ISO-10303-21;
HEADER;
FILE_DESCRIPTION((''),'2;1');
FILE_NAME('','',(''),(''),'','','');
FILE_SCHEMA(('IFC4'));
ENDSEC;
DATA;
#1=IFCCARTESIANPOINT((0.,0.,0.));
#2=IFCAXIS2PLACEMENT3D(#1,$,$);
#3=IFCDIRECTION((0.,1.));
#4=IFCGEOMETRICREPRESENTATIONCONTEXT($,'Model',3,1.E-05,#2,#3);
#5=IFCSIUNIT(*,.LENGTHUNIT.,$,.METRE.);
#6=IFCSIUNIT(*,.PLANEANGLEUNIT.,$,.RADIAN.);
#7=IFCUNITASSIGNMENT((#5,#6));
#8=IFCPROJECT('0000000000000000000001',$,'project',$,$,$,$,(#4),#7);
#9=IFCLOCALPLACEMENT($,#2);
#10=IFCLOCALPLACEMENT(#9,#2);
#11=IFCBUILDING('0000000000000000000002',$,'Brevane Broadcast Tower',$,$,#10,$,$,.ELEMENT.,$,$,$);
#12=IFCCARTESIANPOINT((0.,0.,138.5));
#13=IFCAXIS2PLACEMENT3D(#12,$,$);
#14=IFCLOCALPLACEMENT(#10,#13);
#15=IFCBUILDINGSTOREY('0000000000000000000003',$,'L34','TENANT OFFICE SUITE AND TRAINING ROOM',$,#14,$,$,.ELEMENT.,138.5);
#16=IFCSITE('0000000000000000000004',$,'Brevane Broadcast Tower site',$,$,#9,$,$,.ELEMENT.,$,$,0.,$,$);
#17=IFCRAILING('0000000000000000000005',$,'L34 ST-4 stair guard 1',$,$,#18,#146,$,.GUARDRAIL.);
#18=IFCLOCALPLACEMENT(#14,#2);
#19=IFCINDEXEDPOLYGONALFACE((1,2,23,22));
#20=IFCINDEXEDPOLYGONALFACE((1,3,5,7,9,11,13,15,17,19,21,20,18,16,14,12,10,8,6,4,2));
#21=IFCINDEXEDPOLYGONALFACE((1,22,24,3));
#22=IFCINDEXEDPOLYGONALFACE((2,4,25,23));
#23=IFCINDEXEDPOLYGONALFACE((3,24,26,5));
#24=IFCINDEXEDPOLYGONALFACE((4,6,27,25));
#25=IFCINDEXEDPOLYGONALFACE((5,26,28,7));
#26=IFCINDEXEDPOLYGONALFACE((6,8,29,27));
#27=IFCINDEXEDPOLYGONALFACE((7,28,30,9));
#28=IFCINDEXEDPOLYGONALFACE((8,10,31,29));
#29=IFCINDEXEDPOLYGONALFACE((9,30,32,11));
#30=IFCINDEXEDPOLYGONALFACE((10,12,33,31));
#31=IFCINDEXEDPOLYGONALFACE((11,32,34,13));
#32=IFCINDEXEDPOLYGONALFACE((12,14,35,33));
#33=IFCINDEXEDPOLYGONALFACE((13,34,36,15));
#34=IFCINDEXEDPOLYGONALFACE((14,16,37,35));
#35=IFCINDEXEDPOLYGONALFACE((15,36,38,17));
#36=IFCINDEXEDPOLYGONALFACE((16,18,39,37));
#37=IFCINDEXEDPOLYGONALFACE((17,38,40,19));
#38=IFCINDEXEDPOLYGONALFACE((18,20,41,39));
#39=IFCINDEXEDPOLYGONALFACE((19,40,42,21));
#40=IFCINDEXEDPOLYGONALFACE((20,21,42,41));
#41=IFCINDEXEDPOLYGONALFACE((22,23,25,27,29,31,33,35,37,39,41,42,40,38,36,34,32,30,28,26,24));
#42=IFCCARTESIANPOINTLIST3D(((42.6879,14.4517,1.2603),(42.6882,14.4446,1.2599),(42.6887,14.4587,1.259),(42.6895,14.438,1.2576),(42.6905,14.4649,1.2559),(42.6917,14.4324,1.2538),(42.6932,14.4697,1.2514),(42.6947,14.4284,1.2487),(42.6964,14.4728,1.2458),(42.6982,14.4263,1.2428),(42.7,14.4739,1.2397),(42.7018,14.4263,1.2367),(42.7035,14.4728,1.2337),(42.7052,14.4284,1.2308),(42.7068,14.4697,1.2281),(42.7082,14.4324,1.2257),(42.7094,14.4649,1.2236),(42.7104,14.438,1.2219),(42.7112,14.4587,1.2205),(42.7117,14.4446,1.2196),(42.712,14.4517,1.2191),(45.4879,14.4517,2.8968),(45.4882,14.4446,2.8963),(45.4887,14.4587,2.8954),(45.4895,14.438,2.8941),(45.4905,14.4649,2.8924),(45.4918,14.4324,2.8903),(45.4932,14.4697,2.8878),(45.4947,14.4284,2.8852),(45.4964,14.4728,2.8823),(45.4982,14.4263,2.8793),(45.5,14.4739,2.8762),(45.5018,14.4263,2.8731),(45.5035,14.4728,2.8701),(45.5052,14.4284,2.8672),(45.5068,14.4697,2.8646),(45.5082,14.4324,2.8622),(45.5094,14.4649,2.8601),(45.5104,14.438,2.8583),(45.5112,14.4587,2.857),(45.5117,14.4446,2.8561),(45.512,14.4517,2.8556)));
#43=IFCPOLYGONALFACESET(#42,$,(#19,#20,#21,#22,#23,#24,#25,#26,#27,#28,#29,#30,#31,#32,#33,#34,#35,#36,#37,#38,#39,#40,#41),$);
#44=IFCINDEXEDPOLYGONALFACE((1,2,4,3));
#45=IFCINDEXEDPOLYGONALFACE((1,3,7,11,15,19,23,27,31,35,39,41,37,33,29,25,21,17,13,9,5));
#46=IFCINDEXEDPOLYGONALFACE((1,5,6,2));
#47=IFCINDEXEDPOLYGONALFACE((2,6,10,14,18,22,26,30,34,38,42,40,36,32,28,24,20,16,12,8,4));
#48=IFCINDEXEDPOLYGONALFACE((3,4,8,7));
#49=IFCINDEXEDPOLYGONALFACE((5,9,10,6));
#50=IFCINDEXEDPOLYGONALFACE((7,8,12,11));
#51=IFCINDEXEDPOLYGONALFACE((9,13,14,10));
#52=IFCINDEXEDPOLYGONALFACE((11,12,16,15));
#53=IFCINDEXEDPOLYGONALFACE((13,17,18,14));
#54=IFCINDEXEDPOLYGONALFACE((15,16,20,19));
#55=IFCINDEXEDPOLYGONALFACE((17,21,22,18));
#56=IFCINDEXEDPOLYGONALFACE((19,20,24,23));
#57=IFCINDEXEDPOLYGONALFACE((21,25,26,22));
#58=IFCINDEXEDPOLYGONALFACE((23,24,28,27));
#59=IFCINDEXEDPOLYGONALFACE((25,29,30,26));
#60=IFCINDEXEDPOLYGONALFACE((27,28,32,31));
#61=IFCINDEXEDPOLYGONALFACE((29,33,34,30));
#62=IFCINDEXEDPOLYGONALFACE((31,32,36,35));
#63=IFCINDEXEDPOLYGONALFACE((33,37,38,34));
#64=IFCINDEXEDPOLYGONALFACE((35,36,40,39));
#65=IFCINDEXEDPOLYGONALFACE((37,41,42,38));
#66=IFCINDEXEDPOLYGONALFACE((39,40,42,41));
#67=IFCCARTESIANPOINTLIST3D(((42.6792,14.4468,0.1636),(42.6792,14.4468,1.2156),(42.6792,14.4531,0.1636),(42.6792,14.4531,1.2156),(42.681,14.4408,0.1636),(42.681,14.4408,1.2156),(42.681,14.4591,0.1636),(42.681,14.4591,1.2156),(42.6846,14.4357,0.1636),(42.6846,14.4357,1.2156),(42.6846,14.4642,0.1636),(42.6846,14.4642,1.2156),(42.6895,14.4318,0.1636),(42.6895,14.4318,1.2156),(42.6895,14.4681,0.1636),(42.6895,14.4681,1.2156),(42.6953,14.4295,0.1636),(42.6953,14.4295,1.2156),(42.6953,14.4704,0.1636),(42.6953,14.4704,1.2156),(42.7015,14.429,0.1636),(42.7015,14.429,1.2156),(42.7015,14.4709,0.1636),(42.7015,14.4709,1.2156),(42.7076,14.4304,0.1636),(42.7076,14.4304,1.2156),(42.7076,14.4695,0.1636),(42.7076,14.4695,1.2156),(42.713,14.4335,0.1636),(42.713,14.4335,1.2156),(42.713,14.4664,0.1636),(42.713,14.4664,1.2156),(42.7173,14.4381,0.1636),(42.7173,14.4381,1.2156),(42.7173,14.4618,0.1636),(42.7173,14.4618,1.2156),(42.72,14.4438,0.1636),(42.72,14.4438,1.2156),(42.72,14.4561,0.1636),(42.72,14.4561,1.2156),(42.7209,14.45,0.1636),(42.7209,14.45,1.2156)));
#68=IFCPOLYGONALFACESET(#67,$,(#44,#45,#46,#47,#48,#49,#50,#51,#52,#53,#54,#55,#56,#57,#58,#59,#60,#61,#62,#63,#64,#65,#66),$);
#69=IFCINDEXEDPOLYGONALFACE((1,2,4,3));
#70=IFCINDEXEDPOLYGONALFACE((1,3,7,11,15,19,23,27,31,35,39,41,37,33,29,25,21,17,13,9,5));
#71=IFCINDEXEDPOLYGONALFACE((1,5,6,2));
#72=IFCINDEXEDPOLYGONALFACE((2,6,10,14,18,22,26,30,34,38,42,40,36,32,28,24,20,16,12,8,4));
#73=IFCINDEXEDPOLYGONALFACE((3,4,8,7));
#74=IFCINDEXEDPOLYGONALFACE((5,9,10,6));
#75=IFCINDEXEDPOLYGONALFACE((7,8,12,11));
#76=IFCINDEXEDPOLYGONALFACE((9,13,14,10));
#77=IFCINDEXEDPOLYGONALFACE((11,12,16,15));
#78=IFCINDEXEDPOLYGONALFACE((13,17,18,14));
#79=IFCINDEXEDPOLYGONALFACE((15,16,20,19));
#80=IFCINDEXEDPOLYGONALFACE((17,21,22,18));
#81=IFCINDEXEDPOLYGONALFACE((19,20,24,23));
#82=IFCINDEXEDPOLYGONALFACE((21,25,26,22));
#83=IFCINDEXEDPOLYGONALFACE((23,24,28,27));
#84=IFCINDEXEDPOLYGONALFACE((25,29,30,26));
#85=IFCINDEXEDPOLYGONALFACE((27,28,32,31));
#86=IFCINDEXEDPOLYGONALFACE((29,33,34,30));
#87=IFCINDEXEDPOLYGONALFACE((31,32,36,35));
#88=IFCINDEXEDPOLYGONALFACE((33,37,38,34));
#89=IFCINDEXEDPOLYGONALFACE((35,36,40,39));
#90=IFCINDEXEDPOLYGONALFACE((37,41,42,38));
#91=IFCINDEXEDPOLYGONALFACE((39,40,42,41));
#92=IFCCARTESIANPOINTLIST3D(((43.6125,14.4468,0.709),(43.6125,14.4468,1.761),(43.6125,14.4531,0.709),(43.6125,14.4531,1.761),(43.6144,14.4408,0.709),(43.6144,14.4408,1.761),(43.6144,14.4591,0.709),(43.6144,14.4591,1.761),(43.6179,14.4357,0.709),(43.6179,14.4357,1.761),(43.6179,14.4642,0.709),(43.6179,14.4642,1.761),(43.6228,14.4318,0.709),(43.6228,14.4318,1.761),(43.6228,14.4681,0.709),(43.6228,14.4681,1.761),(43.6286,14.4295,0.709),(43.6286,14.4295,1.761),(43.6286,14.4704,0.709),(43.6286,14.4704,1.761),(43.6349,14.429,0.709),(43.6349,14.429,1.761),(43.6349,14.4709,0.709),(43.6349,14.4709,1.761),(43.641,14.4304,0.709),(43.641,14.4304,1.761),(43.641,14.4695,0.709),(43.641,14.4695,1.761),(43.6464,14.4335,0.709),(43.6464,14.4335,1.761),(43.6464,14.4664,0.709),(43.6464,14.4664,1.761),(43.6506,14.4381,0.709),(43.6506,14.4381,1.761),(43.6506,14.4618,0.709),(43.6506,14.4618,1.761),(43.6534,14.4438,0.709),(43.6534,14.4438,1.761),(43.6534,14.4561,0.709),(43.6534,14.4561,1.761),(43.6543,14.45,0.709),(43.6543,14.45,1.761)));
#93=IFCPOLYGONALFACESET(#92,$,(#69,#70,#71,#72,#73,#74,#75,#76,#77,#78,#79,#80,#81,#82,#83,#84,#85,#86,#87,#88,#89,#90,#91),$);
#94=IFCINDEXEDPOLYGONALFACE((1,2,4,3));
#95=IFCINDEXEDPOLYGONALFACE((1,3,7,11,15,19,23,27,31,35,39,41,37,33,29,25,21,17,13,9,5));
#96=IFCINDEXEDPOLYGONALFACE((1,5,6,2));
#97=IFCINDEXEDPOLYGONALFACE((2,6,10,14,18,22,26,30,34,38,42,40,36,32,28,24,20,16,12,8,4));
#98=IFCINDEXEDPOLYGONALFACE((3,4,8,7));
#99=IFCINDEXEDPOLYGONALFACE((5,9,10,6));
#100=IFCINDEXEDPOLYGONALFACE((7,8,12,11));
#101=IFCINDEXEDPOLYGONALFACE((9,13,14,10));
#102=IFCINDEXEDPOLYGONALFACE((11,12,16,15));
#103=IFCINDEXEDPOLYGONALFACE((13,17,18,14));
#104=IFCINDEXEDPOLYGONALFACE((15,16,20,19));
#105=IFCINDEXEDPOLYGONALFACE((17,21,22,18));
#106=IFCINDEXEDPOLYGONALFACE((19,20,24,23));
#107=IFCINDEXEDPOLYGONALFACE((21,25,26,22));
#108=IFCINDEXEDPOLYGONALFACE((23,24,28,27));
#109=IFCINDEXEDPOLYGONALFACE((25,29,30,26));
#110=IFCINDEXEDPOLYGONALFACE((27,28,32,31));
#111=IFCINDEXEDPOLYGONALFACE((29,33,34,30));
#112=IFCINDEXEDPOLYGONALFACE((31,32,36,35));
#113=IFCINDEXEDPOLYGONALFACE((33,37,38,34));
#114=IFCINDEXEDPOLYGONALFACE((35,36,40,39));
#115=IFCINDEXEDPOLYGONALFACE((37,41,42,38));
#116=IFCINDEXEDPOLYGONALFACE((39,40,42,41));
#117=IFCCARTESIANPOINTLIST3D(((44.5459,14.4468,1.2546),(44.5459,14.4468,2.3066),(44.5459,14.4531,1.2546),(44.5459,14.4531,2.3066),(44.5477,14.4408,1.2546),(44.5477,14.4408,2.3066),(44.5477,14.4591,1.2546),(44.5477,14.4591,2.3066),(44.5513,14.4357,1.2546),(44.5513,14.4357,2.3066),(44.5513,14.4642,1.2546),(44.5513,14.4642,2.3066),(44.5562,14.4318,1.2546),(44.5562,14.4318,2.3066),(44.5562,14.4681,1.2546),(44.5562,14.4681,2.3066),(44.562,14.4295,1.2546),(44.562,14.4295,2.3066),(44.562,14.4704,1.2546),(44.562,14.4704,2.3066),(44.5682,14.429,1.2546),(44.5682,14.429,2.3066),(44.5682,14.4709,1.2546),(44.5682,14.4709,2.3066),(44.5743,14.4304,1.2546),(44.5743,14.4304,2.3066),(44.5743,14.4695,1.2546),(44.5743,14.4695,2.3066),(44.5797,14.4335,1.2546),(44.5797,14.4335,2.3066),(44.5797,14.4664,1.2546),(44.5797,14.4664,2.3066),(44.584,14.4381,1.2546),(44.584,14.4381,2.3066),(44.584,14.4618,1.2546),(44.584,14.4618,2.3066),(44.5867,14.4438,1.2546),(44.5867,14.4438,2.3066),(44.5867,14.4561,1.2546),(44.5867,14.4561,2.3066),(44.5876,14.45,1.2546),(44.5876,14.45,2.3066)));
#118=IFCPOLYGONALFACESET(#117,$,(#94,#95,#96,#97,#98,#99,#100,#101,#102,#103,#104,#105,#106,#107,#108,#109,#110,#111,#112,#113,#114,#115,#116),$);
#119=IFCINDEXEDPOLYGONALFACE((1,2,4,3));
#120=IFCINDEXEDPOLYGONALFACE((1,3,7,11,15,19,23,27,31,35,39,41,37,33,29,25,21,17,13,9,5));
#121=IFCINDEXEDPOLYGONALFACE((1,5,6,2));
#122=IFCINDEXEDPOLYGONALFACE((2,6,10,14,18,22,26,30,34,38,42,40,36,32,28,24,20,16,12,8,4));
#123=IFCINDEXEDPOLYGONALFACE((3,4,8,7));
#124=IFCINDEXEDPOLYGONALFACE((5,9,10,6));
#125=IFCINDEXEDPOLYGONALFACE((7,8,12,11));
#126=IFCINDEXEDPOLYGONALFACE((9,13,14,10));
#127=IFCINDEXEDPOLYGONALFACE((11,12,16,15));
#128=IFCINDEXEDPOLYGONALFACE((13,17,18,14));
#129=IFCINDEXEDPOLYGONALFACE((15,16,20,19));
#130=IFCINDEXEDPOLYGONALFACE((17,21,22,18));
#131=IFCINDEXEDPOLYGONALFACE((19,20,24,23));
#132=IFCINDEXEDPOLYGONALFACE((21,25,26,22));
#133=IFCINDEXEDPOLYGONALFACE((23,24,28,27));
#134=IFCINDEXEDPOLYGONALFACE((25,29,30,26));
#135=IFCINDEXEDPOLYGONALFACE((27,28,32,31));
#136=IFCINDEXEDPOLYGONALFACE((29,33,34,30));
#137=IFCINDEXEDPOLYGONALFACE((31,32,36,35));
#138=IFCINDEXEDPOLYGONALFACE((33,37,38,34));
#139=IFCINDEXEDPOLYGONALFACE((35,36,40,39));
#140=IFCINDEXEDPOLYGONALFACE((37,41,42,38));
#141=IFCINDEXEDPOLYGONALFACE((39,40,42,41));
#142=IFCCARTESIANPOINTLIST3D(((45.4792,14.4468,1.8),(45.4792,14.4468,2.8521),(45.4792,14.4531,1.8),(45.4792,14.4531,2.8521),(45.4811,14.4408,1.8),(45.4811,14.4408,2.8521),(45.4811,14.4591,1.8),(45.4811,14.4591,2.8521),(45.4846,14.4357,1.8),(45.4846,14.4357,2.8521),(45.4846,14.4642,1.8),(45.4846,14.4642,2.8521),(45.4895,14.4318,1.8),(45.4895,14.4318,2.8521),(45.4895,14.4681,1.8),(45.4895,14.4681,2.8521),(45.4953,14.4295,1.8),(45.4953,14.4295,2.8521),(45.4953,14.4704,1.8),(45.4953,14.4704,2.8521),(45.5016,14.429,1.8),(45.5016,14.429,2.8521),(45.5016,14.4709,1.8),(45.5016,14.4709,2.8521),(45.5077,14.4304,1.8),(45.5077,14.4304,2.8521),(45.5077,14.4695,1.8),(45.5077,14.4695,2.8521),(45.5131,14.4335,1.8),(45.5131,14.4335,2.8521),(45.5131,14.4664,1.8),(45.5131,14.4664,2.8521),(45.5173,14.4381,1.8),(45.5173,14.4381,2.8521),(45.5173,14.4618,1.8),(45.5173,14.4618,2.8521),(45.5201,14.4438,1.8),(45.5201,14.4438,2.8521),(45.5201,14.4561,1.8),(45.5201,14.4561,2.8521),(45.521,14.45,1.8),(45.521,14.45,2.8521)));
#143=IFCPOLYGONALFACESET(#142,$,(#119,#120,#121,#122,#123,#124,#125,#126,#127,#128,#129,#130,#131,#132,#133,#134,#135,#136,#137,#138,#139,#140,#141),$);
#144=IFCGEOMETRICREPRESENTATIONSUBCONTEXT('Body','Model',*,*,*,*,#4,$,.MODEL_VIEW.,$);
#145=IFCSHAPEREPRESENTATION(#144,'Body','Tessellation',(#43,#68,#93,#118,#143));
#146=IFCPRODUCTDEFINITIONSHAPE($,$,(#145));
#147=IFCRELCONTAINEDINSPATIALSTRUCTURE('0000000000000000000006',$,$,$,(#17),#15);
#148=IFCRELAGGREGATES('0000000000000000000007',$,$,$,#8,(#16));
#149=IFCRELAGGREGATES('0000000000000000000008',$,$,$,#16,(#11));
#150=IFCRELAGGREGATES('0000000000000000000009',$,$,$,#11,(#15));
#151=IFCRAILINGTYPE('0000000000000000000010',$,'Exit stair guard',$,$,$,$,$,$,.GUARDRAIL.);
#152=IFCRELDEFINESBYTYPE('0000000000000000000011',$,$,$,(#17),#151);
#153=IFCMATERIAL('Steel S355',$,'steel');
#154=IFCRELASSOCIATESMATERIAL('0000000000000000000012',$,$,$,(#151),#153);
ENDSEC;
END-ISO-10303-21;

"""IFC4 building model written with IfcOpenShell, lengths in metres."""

from ifc_helpers import new_model, si_unit, direction, frame, origin, origin_2d, place, context, subcontext, project, spatial, circle, extrude, material, type_object, element, save


model = new_model("IFC4")

# Units and contexts
model_context = context("Model", 3, precision=1e-05, world=origin(), true_north=direction((0.0, 1.0)))
body_context = subcontext(model_context, "Body", "Model", "MODEL_VIEW")
ifc_project = project(units=[si_unit("LENGTHUNIT", "METRE"), si_unit("PLANEANGLEUNIT", "RADIAN")], contexts=[model_context])

# Site, building, storey
site_placement = place(None, origin())
site = spatial("IfcSite", under=ifc_project, at=site_placement, Name="Brevane Broadcast Tower site", CompositionType="ELEMENT", RefElevation=0.0)
building_placement = place(site_placement, origin())
building = spatial("IfcBuilding", under=site, at=building_placement, Name="Brevane Broadcast Tower", CompositionType="ELEMENT")
storey_placement = place(building_placement, frame((0.0, 0.0, 138.5)))
storey = spatial("IfcBuildingStorey", under=building, at=storey_placement, Name="L34", Description="TENANT OFFICE SUITE AND TRAINING ROOM", CompositionType="ELEMENT", Elevation=138.5)

# Railing
ifc_material_1 = material(Name="Steel S355", Category="steel")
railing_type_1 = type_object("IfcRailingType", Name="Exit stair guard", PredefinedType="GUARDRAIL", material=ifc_material_1)
railing_1_placement = place(storey_placement, frame((42.7, 14.45, 0.1636)))
element("IfcRailing", 1, at=railing_1_placement, inside=storey, type_object=railing_type_1, Name="L34 ST-4 stair guard 1", PredefinedType="GUARDRAIL", context=body_context, shape_type="SweptSolid", body=[
    extrude(circle(Radius=0.0239, at=origin_2d()), frame((0.0, 0.0, 1.0762), z_axis=(0.863361, 0.0, 0.504587), x_axis=(0.0, 1.0, 0.0)), (0.0, 0.0, 1.0), 3.2432),
    extrude(circle(Radius=0.021, at=origin_2d()), origin(), (0.0, 0.0, 1.0), 1.052),
    extrude(circle(Radius=0.021, at=origin_2d()), frame((0.9333, 0.0, 0.5454)), (0.0, 0.0, 1.0), 1.052),
    extrude(circle(Radius=0.021, at=origin_2d()), frame((1.8667, 0.0, 1.0911)), (0.0, 0.0, 1.0), 1.052),
    extrude(circle(Radius=0.021, at=origin_2d()), frame((2.8, 0.0, 1.6365)), (0.0, 0.0, 1.0), 1.052),
])

save(model, "model.ifc")
